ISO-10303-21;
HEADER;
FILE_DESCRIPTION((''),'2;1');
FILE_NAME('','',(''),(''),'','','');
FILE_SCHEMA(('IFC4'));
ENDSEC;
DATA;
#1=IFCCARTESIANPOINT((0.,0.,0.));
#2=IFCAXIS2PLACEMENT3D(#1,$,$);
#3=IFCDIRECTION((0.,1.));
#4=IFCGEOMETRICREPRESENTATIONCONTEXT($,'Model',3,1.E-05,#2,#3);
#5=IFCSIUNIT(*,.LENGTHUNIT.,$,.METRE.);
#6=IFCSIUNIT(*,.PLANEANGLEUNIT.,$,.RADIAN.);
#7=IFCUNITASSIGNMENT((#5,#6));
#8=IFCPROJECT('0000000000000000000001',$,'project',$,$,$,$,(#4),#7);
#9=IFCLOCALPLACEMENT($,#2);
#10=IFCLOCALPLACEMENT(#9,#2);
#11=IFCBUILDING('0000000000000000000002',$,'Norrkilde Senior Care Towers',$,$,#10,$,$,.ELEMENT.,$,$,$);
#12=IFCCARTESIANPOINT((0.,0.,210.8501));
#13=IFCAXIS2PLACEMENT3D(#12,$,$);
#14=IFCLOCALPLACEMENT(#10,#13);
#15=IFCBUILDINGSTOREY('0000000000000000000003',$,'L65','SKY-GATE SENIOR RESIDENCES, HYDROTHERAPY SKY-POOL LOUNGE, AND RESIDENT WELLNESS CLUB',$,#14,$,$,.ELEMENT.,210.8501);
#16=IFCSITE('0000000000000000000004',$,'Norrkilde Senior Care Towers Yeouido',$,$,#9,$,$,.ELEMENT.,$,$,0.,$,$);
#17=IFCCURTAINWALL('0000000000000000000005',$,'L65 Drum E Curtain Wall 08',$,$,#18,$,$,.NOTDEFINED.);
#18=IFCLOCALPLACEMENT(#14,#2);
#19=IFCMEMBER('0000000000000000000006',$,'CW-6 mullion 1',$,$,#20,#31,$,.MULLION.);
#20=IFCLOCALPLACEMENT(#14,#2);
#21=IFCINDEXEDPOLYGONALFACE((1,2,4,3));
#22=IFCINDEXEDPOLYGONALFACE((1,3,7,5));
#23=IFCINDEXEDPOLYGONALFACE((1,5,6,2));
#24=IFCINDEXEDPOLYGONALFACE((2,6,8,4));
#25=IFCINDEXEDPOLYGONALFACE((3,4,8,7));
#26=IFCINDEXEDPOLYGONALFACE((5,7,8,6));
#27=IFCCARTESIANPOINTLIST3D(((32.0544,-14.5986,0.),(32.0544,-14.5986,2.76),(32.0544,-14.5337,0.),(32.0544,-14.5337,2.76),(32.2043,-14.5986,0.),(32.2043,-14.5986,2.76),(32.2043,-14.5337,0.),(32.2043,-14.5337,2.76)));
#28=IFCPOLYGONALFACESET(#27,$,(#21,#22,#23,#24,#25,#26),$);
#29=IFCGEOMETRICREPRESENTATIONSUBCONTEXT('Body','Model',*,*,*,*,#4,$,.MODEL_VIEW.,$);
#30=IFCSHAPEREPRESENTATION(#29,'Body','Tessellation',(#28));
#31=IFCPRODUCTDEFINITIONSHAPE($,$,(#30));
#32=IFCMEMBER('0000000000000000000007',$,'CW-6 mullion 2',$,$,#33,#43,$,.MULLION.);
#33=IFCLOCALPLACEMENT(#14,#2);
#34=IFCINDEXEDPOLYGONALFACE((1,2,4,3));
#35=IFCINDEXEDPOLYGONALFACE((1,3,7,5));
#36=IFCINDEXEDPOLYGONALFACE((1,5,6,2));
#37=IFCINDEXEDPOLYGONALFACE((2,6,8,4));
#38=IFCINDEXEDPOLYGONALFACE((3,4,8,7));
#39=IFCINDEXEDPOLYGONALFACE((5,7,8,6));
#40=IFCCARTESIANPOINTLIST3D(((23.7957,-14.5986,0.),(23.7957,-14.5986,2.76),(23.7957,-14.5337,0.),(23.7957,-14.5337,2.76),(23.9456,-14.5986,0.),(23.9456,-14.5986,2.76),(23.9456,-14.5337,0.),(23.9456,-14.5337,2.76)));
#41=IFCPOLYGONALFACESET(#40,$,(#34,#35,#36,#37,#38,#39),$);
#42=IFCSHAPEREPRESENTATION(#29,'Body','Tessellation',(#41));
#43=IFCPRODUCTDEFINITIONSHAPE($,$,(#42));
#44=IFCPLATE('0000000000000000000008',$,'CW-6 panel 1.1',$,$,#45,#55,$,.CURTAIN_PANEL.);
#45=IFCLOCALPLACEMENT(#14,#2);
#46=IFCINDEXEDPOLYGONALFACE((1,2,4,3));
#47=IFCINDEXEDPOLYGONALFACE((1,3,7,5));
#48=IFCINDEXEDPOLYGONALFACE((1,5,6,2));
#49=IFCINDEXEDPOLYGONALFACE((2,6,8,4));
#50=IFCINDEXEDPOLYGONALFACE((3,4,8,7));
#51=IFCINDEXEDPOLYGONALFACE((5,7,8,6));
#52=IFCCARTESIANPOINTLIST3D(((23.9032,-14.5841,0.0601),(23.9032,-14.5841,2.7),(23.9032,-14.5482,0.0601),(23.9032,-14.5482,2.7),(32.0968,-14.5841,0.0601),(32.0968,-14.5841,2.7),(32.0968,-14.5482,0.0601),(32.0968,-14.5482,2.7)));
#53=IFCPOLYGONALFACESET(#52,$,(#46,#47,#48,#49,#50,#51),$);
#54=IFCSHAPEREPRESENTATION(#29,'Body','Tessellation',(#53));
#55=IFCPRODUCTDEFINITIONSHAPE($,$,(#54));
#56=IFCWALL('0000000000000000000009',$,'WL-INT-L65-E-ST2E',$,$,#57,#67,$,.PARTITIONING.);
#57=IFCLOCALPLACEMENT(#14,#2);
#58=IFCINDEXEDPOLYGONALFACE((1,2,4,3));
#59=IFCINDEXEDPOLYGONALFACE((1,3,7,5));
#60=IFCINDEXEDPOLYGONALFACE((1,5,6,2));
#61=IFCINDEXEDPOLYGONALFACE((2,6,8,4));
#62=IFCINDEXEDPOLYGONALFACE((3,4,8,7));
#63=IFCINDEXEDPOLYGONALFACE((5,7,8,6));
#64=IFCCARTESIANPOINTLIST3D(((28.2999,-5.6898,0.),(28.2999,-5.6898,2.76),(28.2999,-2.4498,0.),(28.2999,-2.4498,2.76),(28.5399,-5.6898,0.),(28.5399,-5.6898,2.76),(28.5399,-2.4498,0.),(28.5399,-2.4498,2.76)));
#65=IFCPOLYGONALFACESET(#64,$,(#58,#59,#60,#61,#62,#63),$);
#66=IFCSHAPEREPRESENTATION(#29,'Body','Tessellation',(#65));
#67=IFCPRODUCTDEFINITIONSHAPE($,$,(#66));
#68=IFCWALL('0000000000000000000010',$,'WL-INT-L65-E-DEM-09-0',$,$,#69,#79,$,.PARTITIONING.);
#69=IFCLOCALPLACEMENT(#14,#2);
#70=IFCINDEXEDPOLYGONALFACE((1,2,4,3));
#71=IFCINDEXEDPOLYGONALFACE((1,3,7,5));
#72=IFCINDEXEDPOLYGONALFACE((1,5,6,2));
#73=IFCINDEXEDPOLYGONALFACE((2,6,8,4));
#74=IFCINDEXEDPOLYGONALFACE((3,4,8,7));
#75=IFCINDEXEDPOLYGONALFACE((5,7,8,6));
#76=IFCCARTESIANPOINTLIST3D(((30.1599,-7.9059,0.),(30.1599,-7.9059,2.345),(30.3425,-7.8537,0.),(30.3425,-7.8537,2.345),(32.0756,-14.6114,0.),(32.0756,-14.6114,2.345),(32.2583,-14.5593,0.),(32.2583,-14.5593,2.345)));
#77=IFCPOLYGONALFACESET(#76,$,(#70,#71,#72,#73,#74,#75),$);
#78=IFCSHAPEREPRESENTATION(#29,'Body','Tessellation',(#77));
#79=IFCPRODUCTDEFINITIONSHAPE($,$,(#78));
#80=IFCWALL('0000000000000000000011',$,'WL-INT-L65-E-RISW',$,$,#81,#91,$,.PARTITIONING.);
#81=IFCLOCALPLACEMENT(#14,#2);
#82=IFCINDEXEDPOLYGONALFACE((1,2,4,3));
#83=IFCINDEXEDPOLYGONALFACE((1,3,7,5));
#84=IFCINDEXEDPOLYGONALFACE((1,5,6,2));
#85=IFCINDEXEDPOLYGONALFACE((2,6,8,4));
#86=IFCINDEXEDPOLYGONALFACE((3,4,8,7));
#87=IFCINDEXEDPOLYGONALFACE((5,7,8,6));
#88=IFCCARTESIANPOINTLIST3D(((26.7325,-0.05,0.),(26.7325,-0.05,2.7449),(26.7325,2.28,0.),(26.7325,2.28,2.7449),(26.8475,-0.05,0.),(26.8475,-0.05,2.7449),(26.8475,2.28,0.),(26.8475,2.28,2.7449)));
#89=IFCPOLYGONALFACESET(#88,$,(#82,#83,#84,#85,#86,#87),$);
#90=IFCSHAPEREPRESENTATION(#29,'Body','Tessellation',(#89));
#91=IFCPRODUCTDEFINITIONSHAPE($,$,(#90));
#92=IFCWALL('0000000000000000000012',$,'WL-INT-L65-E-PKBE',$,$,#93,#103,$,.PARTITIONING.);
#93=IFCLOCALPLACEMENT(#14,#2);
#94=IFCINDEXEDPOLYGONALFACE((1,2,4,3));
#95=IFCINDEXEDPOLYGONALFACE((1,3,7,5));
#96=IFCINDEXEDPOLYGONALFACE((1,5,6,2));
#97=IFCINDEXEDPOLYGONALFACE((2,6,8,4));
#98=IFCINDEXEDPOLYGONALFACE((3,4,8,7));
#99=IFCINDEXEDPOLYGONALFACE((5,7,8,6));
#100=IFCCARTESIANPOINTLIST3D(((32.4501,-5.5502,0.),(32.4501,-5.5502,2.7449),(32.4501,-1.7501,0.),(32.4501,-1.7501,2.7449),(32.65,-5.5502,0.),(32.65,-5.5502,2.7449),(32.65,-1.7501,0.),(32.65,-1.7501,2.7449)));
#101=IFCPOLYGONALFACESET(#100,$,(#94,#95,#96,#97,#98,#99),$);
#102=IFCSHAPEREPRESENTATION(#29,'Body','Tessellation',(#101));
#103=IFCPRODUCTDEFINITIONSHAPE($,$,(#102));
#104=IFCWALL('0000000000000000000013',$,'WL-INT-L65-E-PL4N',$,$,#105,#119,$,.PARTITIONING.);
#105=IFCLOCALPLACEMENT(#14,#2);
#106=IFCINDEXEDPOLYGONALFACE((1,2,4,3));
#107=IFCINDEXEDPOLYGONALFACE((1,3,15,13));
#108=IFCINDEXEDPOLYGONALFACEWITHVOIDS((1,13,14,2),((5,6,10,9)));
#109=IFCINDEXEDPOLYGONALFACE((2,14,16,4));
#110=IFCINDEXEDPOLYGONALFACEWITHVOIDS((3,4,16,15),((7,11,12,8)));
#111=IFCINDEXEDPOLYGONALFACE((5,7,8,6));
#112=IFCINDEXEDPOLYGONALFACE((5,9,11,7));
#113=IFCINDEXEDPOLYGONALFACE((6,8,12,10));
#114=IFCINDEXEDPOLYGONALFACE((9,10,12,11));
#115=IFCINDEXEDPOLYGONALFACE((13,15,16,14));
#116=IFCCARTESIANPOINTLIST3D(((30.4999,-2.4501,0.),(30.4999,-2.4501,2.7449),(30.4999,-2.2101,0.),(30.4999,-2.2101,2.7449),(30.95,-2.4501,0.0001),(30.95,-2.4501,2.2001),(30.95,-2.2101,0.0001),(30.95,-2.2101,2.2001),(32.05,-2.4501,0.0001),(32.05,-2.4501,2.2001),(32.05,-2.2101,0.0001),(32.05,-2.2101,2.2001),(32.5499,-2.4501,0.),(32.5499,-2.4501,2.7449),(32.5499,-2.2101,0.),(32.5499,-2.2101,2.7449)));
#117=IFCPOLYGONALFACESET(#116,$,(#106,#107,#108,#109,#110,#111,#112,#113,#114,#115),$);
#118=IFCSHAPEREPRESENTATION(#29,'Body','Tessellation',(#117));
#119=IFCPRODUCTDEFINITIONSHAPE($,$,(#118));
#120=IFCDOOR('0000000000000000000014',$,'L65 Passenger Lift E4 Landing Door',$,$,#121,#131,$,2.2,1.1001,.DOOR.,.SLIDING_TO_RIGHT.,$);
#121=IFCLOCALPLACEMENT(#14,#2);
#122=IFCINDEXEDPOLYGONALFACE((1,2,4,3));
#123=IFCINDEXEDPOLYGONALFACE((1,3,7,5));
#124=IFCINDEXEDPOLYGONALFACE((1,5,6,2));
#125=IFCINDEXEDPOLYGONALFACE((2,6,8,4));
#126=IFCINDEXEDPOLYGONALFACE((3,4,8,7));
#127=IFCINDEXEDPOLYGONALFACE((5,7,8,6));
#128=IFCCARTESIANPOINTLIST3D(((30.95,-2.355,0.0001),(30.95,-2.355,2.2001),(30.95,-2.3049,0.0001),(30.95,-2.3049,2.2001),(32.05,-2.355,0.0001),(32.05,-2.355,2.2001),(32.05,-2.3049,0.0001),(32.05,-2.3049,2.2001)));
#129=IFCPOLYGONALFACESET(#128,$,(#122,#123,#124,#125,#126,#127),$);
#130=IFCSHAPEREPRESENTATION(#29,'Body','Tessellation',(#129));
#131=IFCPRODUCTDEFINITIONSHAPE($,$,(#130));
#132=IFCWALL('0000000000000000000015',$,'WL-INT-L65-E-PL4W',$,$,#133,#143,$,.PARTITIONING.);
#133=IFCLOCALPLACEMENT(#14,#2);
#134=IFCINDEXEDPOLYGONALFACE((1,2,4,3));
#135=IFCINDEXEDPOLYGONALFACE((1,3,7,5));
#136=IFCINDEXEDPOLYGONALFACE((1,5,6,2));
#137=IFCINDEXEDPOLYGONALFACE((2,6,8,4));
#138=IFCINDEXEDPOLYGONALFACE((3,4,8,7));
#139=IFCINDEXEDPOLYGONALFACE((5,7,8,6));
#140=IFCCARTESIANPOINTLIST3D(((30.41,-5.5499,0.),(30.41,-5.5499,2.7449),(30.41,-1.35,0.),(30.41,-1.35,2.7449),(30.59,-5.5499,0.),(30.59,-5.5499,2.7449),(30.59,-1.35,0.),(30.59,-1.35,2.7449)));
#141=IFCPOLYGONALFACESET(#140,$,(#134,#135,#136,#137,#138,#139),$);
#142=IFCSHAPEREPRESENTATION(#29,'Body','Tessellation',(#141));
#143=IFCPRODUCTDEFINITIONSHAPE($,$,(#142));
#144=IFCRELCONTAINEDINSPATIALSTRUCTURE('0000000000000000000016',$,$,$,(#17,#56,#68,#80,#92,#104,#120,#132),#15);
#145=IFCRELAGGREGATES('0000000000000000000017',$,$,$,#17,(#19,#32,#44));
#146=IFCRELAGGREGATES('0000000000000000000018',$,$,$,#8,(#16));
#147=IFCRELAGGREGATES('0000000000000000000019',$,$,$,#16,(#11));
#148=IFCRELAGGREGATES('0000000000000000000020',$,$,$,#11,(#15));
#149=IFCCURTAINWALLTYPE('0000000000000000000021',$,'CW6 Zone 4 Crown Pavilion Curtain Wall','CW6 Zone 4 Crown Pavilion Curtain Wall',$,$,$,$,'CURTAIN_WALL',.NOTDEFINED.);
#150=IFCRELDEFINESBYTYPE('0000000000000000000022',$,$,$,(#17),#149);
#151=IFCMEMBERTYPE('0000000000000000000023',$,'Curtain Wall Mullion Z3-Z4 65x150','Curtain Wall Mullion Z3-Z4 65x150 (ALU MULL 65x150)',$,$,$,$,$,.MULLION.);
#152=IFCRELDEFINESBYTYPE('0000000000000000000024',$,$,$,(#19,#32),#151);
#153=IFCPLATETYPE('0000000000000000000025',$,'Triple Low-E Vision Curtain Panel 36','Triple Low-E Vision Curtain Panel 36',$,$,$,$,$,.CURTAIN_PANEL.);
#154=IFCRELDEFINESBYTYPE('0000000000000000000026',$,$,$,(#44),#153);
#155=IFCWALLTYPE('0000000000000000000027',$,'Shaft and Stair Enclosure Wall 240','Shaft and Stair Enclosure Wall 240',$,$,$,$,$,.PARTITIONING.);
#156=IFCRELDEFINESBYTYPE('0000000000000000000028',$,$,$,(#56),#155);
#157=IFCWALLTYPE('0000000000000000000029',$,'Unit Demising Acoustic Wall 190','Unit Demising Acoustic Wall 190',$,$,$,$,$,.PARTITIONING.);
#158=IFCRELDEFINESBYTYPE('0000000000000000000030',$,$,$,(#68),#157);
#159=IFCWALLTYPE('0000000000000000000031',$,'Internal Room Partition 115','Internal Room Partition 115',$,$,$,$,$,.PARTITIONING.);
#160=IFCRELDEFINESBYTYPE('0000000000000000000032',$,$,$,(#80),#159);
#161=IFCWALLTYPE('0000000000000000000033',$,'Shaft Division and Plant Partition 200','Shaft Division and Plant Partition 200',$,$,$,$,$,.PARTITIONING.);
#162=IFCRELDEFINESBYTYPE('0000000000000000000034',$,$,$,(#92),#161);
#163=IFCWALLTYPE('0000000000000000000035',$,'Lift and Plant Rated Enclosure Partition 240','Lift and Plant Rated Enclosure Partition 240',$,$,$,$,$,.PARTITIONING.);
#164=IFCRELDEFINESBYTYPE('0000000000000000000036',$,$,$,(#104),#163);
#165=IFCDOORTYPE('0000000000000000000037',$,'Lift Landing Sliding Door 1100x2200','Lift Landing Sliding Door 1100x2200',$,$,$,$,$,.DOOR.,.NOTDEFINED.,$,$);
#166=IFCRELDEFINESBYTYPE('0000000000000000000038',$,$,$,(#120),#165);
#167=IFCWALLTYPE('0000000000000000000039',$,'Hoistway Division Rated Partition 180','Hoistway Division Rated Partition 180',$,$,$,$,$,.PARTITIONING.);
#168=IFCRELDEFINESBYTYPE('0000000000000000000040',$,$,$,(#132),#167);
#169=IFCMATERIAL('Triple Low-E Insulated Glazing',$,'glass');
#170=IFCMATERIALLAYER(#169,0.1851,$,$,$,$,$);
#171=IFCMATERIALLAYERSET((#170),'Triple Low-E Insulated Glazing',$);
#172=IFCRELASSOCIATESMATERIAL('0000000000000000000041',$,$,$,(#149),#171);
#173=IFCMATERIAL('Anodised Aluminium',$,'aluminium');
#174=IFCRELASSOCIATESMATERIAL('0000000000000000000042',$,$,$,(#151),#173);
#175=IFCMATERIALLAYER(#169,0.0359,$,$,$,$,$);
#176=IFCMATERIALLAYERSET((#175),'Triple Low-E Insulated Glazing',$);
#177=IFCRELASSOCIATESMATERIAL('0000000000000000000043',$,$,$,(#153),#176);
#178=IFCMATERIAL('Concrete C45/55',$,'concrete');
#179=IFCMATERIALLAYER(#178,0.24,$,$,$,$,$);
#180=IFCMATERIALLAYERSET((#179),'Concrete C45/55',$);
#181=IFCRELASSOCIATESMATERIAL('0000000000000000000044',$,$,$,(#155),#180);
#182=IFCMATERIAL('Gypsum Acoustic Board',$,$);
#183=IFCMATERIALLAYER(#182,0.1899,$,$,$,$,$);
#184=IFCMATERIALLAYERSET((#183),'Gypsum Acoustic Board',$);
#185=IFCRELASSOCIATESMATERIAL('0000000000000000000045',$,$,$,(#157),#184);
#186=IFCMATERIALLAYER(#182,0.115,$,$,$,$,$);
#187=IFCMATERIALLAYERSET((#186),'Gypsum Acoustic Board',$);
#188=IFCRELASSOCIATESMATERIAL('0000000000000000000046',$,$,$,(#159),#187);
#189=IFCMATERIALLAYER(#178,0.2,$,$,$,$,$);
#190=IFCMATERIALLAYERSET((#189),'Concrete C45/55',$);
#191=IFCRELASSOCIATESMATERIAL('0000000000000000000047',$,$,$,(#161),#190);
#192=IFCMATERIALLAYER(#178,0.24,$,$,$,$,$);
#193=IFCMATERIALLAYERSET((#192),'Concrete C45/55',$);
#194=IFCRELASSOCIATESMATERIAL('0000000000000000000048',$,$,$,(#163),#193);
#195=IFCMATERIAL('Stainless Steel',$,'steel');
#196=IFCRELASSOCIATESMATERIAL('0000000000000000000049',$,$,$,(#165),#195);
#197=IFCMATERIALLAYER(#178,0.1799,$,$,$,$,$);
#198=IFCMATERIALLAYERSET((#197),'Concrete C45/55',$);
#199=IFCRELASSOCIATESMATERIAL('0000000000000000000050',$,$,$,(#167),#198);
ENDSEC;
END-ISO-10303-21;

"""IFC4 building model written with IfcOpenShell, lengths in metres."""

from ifc_helpers import new_model, si_unit, direction, frame, frame_2d, origin, origin_2d, place, context, subcontext, project, spatial, rectangle, extrude, source, transform, mapped, material, layer, layer_set, material_profile, profile_set, type_object, type_shapes, element, fill, aggregate, save


model = new_model("IFC4")

# Units and contexts
model_context = context("Model", 3, precision=1e-05, world=origin(), true_north=direction((0.0, 1.0)))
body_context = subcontext(model_context, "Body", "Model", "MODEL_VIEW")
ifc_project = project(units=[si_unit("LENGTHUNIT", "METRE"), si_unit("PLANEANGLEUNIT", "RADIAN")], contexts=[model_context])

# Site, building, storey
site_placement = place(None, origin())
site = spatial("IfcSite", under=ifc_project, at=site_placement, Name="Norrkilde Senior Care Towers Yeouido", CompositionType="ELEMENT", RefElevation=0.0)
building_placement = place(site_placement, origin())
building = spatial("IfcBuilding", under=site, at=building_placement, Name="Norrkilde Senior Care Towers", CompositionType="ELEMENT")
storey_placement = place(building_placement, frame((0.0, 0.0, 210.8501)))
storey = spatial("IfcBuildingStorey", under=building, at=storey_placement, Name="L65", Description="SKY-GATE SENIOR RESIDENCES, HYDROTHERAPY SKY-POOL LOUNGE, AND RESIDENT WELLNESS CLUB", CompositionType="ELEMENT", Elevation=210.8501)

# Curtain wall
ifc_material_1 = material(Name="Triple Low-E Insulated Glazing", Category="glass")
ifc_layer_1 = layer(ifc_material_1, 0.1851)
ifc_layer_set_1 = layer_set([ifc_layer_1], Name="Triple Low-E Insulated Glazing")
curtain_wall_type = type_object("IfcCurtainWallType", Name="CW6 Zone 4 Crown Pavilion Curtain Wall", Description="CW6 Zone 4 Crown Pavilion Curtain Wall", ElementType="CURTAIN_WALL", PredefinedType="NOTDEFINED", material=ifc_layer_set_1)
curtain_wall_1_placement = place(storey_placement, origin())
curtain_wall_1 = element("IfcCurtainWall", 1, at=curtain_wall_1_placement, inside=storey, type_object=curtain_wall_type, Name="L65 Drum E Curtain Wall 08", PredefinedType="NOTDEFINED")
ifc_material_2 = material(Name="Anodised Aluminium", Category="aluminium")

# Shared definitions
ifc_material_profile_1 = material_profile(ifc_material_2, rectangle(XDim=0.0649, YDim=0.1499, at=origin_2d()), Name="ALU MULL 65x150")
ifc_profile_set_1 = profile_set([ifc_material_profile_1], Name="Anodised Aluminium")
member_type_1 = type_object("IfcMemberType", Name="Curtain Wall Mullion Z3-Z4 65x150", Description="Curtain Wall Mullion Z3-Z4 65x150 (ALU MULL 65x150)", PredefinedType="MULLION", material=ifc_profile_set_1)
shared_shape_1 = source(origin(), body_context, "Body", "SweptSolid", [
    extrude(rectangle(XDim=0.0649, YDim=0.1499, at=origin_2d()), origin(), (0.0, 0.0, 1.0), 2.76),
])
type_shapes(member_type_1, [shared_shape_1])

# Members
member_1_placement = place(storey_placement, frame((32.1294, -14.5662, 0.0), z_axis=(0.0, 0.0, 1.0), x_axis=(0.0, -1.0, 0.0)))
member_1 = element("IfcMember", 2, at=member_1_placement, type_object=member_type_1, Name="CW-6 mullion 1", PredefinedType="MULLION", context=body_context, shape_type="MappedRepresentation", body=[
    mapped(shared_shape_1, transform((0.0, 0.0, 0.0), x_axis=(1.0, 0.0, 0.0), y_axis=(0.0, 1.0, 0.0), z_axis=(0.0, 0.0, 1.0), scale=1.0)),
])
member_2_placement = place(storey_placement, frame((23.8706, -14.5662, 0.0), z_axis=(0.0, 0.0, 1.0), x_axis=(0.0, -1.0, 0.0)))
member_2 = element("IfcMember", 3, at=member_2_placement, type_object=member_type_1, Name="CW-6 mullion 2", PredefinedType="MULLION", context=body_context, shape_type="MappedRepresentation", body=[
    mapped(shared_shape_1, transform((0.0, 0.0, 0.0), x_axis=(1.0, 0.0, 0.0), y_axis=(0.0, 1.0, 0.0), z_axis=(0.0, 0.0, 1.0), scale=1.0)),
])

# Plate
ifc_layer_2 = layer(ifc_material_1, 0.0359)
ifc_layer_set_2 = layer_set([ifc_layer_2], Name="Triple Low-E Insulated Glazing")
plate_type = type_object("IfcPlateType", Name="Triple Low-E Vision Curtain Panel 36", Description="Triple Low-E Vision Curtain Panel 36", PredefinedType="CURTAIN_PANEL", material=ifc_layer_set_2)
shared_shape_2 = source(origin(), body_context, "Body", "SweptSolid", [
    extrude(rectangle(XDim=8.1936, YDim=0.0359, at=origin_2d()), origin(), (0.0, 0.0, 1.0), 2.6399),
])
type_shapes(plate_type, [shared_shape_2])
plate_placement = place(storey_placement, frame((28.0, -14.5662, 0.0601), z_axis=(0.0, 0.0, 1.0), x_axis=(-1.0, 0.0, 0.0)))
plate = element("IfcPlate", 4, at=plate_placement, type_object=plate_type, Name="CW-6 panel 1.1", PredefinedType="CURTAIN_PANEL", context=body_context, shape_type="MappedRepresentation", body=[
    mapped(shared_shape_2, transform((0.0, 0.0, 0.0), x_axis=(1.0, 0.0, 0.0), y_axis=(0.0, 1.0, 0.0), z_axis=(0.0, 0.0, 1.0), scale=1.0)),
])
aggregate(curtain_wall_1, [member_1, member_2, plate])

# Walls
ifc_material_3 = material(Name="Concrete C45/55", Category="concrete")
ifc_layer_3 = layer(ifc_material_3, 0.24)
ifc_layer_set_3 = layer_set([ifc_layer_3], Name="Concrete C45/55")
wall_type_1 = type_object("IfcWallType", Name="Shaft and Stair Enclosure Wall 240", Description="Shaft and Stair Enclosure Wall 240", PredefinedType="PARTITIONING", material=ifc_layer_set_3)
shared_shape_3 = source(origin(), body_context, "Body", "SweptSolid", [
    extrude(rectangle(XDim=3.24, YDim=0.24, at=frame_2d((1.6201, 0.0))), origin(), (0.0, 0.0, 1.0), 2.76),
])
type_shapes(wall_type_1, [shared_shape_3])
wall_1_placement = place(storey_placement, frame((28.4199, -5.6899, 0.0), z_axis=(0.0, 0.0, 1.0), x_axis=(0.0, 1.0, 0.0)))
element("IfcWall", 5, at=wall_1_placement, inside=storey, type_object=wall_type_1, Name="WL-INT-L65-E-ST2E", PredefinedType="PARTITIONING", context=body_context, shape_type="MappedRepresentation", body=[
    mapped(shared_shape_3, transform((0.0, 0.0, 0.0), x_axis=(1.0, 0.0, 0.0), y_axis=(0.0, 1.0, 0.0), z_axis=(0.0, 0.0, 1.0), scale=1.0)),
])
ifc_material_4 = material(Name="Gypsum Acoustic Board")
ifc_layer_4 = layer(ifc_material_4, 0.1899)
ifc_layer_set_4 = layer_set([ifc_layer_4], Name="Gypsum Acoustic Board")
wall_type_2 = type_object("IfcWallType", Name="Unit Demising Acoustic Wall 190", Description="Unit Demising Acoustic Wall 190", PredefinedType="PARTITIONING", material=ifc_layer_set_4)
shared_shape_4 = source(origin(), body_context, "Body", "SweptSolid", [
    extrude(rectangle(XDim=6.9739, YDim=0.1899, at=frame_2d((3.4868, 0.0))), origin(), (0.0, 0.0, 1.0), 2.345),
])
type_shapes(wall_type_2, [shared_shape_4])
wall_2_placement = place(storey_placement, frame((30.2512, -7.8799, 0.0), z_axis=(0.0, 0.0, 1.0), x_axis=(0.274707, -0.961528, 0.0)))
element("IfcWall", 6, at=wall_2_placement, inside=storey, type_object=wall_type_2, Name="WL-INT-L65-E-DEM-09-0", PredefinedType="PARTITIONING", context=body_context, shape_type="MappedRepresentation", body=[
    mapped(shared_shape_4, transform((0.0, 0.0, 0.0), x_axis=(1.0, 0.0, 0.0), y_axis=(0.0, 1.0, 0.0), z_axis=(0.0, 0.0, 1.0), scale=1.0)),
])
ifc_layer_5 = layer(ifc_material_4, 0.115)
ifc_layer_set_5 = layer_set([ifc_layer_5], Name="Gypsum Acoustic Board")
wall_type_3 = type_object("IfcWallType", Name="Internal Room Partition 115", Description="Internal Room Partition 115", PredefinedType="PARTITIONING", material=ifc_layer_set_5)
shared_shape_5 = source(origin(), body_context, "Body", "SweptSolid", [
    extrude(rectangle(XDim=2.3301, YDim=0.115, at=frame_2d((1.165, 0.0))), origin(), (0.0, 0.0, 1.0), 2.7449),
])
wall_3_placement = place(storey_placement, frame((26.79, -0.05, 0.0), z_axis=(0.0, 0.0, 1.0), x_axis=(0.0, 1.0, 0.0)))
element("IfcWall", 7, at=wall_3_placement, inside=storey, type_object=wall_type_3, Name="WL-INT-L65-E-RISW", PredefinedType="PARTITIONING", context=body_context, shape_type="MappedRepresentation", body=[
    mapped(shared_shape_5, transform((0.0, 0.0, 0.0), x_axis=(1.0, 0.0, 0.0), y_axis=(0.0, 1.0, 0.0), z_axis=(0.0, 0.0, 1.0), scale=1.0)),
])
ifc_layer_6 = layer(ifc_material_3, 0.2)
ifc_layer_set_6 = layer_set([ifc_layer_6], Name="Concrete C45/55")
wall_type_4 = type_object("IfcWallType", Name="Shaft Division and Plant Partition 200", Description="Shaft Division and Plant Partition 200", PredefinedType="PARTITIONING", material=ifc_layer_set_6)
shared_shape_6 = source(origin(), body_context, "Body", "SweptSolid", [
    extrude(rectangle(XDim=3.8, YDim=0.2, at=frame_2d((1.8999, 0.0))), origin(), (0.0, 0.0, 1.0), 2.7449),
])
type_shapes(wall_type_4, [shared_shape_6])
wall_4_placement = place(storey_placement, frame((32.55, -5.55, 0.0), z_axis=(0.0, 0.0, 1.0), x_axis=(0.0, 1.0, 0.0)))
element("IfcWall", 8, at=wall_4_placement, inside=storey, type_object=wall_type_4, Name="WL-INT-L65-E-PKBE", PredefinedType="PARTITIONING", context=body_context, shape_type="MappedRepresentation", body=[
    mapped(shared_shape_6, transform((0.0, 0.0, 0.0), x_axis=(1.0, 0.0, 0.0), y_axis=(0.0, 1.0, 0.0), z_axis=(0.0, 0.0, 1.0), scale=1.0)),
])

# Wall, opening, door
ifc_layer_7 = layer(ifc_material_3, 0.24)
ifc_layer_set_7 = layer_set([ifc_layer_7], Name="Concrete C45/55")
wall_type_5 = type_object("IfcWallType", Name="Lift and Plant Rated Enclosure Partition 240", Description="Lift and Plant Rated Enclosure Partition 240", PredefinedType="PARTITIONING", material=ifc_layer_set_7)
shared_shape_7 = source(origin(), body_context, "Body", "SweptSolid", [
    extrude(rectangle(XDim=2.05, YDim=0.24, at=frame_2d((1.0249, 0.0))), origin(), (0.0, 0.0, 1.0), 2.7449),
])
type_shapes(wall_type_5, [shared_shape_7])
wall_5_placement = place(storey_placement, frame((30.5, -2.3301, 0.0), z_axis=(0.0, 0.0, 1.0), x_axis=(1.0, 0.0, 0.0)))
wall_5 = element("IfcWall", 9, at=wall_5_placement, inside=storey, type_object=wall_type_5, Name="WL-INT-L65-E-PL4N", PredefinedType="PARTITIONING", context=body_context, shape_type="MappedRepresentation", body=[
    mapped(shared_shape_7, transform((0.0, 0.0, 0.0), x_axis=(1.0, 0.0, 0.0), y_axis=(0.0, 1.0, 0.0), z_axis=(0.0, 0.0, 1.0), scale=1.0)),
])
opening_1_placement = place(wall_5_placement, frame((0.45, 0.0, 0.0)))
opening_1 = element("IfcOpeningElement", 10, at=opening_1_placement, cuts=wall_5, PredefinedType="OPENING", context=body_context, shape_type="SweptSolid", body=[
    extrude(rectangle(XDim=1.1001, YDim=2.2, at=frame_2d((0.55, 1.1001))), frame((0.0, 0.1299, 0.0), z_axis=(0.0, -1.0, 0.0), x_axis=(1.0, 0.0, 0.0)), (0.0, 0.0, 1.0), 0.26),
])
ifc_material_5 = material(Name="Stainless Steel", Category="steel")
door_type_1 = type_object("IfcDoorType", Name="Lift Landing Sliding Door 1100x2200", Description="Lift Landing Sliding Door 1100x2200", OperationType="NOTDEFINED", PredefinedType="DOOR", material=ifc_material_5)
shared_shape_8 = source(origin(), body_context, "Body", "SweptSolid", [
    extrude(rectangle(XDim=1.1001, YDim=2.2, at=frame_2d((0.55, 1.1001))), frame((0.0, 0.0249, 0.0), z_axis=(0.0, -1.0, 0.0), x_axis=(1.0, 0.0, 0.0)), (0.0, 0.0, 1.0), 0.05),
])
type_shapes(door_type_1, [shared_shape_8])
door_1_placement = place(opening_1_placement, frame((1.1001, 0.0, 0.0), z_axis=(0.0, 0.0, 1.0), x_axis=(-1.0, 0.0, 0.0)))
door_1 = element("IfcDoor", 11, at=door_1_placement, inside=storey, type_object=door_type_1, Name="L65 Passenger Lift E4 Landing Door", OperationType="SLIDING_TO_RIGHT", OverallHeight=2.2, OverallWidth=1.1001, PredefinedType="DOOR", context=body_context, shape_type="MappedRepresentation", body=[
    mapped(shared_shape_8, transform((0.0, 0.0, 0.0), x_axis=(1.0, 0.0, 0.0), y_axis=(0.0, 1.0, 0.0), z_axis=(0.0, 0.0, 1.0), scale=1.0)),
])
fill(opening_1, door_1)

# Wall
ifc_layer_8 = layer(ifc_material_3, 0.1799)
ifc_layer_set_8 = layer_set([ifc_layer_8], Name="Concrete C45/55")
wall_type_6 = type_object("IfcWallType", Name="Hoistway Division Rated Partition 180", Description="Hoistway Division Rated Partition 180", PredefinedType="PARTITIONING", material=ifc_layer_set_8)
shared_shape_9 = source(origin(), body_context, "Body", "SweptSolid", [
    extrude(rectangle(XDim=4.2, YDim=0.1799, at=frame_2d((2.1001, 0.0))), origin(), (0.0, 0.0, 1.0), 2.7449),
])
type_shapes(wall_type_6, [shared_shape_9])
wall_6_placement = place(storey_placement, frame((30.5, -5.55, 0.0), z_axis=(0.0, 0.0, 1.0), x_axis=(0.0, 1.0, 0.0)))
element("IfcWall", 12, at=wall_6_placement, inside=storey, type_object=wall_type_6, Name="WL-INT-L65-E-PL4W", PredefinedType="PARTITIONING", context=body_context, shape_type="MappedRepresentation", body=[
    mapped(shared_shape_9, transform((0.0, 0.0, 0.0), x_axis=(1.0, 0.0, 0.0), y_axis=(0.0, 1.0, 0.0), z_axis=(0.0, 0.0, 1.0), scale=1.0)),
])

save(model, "model.ifc")
